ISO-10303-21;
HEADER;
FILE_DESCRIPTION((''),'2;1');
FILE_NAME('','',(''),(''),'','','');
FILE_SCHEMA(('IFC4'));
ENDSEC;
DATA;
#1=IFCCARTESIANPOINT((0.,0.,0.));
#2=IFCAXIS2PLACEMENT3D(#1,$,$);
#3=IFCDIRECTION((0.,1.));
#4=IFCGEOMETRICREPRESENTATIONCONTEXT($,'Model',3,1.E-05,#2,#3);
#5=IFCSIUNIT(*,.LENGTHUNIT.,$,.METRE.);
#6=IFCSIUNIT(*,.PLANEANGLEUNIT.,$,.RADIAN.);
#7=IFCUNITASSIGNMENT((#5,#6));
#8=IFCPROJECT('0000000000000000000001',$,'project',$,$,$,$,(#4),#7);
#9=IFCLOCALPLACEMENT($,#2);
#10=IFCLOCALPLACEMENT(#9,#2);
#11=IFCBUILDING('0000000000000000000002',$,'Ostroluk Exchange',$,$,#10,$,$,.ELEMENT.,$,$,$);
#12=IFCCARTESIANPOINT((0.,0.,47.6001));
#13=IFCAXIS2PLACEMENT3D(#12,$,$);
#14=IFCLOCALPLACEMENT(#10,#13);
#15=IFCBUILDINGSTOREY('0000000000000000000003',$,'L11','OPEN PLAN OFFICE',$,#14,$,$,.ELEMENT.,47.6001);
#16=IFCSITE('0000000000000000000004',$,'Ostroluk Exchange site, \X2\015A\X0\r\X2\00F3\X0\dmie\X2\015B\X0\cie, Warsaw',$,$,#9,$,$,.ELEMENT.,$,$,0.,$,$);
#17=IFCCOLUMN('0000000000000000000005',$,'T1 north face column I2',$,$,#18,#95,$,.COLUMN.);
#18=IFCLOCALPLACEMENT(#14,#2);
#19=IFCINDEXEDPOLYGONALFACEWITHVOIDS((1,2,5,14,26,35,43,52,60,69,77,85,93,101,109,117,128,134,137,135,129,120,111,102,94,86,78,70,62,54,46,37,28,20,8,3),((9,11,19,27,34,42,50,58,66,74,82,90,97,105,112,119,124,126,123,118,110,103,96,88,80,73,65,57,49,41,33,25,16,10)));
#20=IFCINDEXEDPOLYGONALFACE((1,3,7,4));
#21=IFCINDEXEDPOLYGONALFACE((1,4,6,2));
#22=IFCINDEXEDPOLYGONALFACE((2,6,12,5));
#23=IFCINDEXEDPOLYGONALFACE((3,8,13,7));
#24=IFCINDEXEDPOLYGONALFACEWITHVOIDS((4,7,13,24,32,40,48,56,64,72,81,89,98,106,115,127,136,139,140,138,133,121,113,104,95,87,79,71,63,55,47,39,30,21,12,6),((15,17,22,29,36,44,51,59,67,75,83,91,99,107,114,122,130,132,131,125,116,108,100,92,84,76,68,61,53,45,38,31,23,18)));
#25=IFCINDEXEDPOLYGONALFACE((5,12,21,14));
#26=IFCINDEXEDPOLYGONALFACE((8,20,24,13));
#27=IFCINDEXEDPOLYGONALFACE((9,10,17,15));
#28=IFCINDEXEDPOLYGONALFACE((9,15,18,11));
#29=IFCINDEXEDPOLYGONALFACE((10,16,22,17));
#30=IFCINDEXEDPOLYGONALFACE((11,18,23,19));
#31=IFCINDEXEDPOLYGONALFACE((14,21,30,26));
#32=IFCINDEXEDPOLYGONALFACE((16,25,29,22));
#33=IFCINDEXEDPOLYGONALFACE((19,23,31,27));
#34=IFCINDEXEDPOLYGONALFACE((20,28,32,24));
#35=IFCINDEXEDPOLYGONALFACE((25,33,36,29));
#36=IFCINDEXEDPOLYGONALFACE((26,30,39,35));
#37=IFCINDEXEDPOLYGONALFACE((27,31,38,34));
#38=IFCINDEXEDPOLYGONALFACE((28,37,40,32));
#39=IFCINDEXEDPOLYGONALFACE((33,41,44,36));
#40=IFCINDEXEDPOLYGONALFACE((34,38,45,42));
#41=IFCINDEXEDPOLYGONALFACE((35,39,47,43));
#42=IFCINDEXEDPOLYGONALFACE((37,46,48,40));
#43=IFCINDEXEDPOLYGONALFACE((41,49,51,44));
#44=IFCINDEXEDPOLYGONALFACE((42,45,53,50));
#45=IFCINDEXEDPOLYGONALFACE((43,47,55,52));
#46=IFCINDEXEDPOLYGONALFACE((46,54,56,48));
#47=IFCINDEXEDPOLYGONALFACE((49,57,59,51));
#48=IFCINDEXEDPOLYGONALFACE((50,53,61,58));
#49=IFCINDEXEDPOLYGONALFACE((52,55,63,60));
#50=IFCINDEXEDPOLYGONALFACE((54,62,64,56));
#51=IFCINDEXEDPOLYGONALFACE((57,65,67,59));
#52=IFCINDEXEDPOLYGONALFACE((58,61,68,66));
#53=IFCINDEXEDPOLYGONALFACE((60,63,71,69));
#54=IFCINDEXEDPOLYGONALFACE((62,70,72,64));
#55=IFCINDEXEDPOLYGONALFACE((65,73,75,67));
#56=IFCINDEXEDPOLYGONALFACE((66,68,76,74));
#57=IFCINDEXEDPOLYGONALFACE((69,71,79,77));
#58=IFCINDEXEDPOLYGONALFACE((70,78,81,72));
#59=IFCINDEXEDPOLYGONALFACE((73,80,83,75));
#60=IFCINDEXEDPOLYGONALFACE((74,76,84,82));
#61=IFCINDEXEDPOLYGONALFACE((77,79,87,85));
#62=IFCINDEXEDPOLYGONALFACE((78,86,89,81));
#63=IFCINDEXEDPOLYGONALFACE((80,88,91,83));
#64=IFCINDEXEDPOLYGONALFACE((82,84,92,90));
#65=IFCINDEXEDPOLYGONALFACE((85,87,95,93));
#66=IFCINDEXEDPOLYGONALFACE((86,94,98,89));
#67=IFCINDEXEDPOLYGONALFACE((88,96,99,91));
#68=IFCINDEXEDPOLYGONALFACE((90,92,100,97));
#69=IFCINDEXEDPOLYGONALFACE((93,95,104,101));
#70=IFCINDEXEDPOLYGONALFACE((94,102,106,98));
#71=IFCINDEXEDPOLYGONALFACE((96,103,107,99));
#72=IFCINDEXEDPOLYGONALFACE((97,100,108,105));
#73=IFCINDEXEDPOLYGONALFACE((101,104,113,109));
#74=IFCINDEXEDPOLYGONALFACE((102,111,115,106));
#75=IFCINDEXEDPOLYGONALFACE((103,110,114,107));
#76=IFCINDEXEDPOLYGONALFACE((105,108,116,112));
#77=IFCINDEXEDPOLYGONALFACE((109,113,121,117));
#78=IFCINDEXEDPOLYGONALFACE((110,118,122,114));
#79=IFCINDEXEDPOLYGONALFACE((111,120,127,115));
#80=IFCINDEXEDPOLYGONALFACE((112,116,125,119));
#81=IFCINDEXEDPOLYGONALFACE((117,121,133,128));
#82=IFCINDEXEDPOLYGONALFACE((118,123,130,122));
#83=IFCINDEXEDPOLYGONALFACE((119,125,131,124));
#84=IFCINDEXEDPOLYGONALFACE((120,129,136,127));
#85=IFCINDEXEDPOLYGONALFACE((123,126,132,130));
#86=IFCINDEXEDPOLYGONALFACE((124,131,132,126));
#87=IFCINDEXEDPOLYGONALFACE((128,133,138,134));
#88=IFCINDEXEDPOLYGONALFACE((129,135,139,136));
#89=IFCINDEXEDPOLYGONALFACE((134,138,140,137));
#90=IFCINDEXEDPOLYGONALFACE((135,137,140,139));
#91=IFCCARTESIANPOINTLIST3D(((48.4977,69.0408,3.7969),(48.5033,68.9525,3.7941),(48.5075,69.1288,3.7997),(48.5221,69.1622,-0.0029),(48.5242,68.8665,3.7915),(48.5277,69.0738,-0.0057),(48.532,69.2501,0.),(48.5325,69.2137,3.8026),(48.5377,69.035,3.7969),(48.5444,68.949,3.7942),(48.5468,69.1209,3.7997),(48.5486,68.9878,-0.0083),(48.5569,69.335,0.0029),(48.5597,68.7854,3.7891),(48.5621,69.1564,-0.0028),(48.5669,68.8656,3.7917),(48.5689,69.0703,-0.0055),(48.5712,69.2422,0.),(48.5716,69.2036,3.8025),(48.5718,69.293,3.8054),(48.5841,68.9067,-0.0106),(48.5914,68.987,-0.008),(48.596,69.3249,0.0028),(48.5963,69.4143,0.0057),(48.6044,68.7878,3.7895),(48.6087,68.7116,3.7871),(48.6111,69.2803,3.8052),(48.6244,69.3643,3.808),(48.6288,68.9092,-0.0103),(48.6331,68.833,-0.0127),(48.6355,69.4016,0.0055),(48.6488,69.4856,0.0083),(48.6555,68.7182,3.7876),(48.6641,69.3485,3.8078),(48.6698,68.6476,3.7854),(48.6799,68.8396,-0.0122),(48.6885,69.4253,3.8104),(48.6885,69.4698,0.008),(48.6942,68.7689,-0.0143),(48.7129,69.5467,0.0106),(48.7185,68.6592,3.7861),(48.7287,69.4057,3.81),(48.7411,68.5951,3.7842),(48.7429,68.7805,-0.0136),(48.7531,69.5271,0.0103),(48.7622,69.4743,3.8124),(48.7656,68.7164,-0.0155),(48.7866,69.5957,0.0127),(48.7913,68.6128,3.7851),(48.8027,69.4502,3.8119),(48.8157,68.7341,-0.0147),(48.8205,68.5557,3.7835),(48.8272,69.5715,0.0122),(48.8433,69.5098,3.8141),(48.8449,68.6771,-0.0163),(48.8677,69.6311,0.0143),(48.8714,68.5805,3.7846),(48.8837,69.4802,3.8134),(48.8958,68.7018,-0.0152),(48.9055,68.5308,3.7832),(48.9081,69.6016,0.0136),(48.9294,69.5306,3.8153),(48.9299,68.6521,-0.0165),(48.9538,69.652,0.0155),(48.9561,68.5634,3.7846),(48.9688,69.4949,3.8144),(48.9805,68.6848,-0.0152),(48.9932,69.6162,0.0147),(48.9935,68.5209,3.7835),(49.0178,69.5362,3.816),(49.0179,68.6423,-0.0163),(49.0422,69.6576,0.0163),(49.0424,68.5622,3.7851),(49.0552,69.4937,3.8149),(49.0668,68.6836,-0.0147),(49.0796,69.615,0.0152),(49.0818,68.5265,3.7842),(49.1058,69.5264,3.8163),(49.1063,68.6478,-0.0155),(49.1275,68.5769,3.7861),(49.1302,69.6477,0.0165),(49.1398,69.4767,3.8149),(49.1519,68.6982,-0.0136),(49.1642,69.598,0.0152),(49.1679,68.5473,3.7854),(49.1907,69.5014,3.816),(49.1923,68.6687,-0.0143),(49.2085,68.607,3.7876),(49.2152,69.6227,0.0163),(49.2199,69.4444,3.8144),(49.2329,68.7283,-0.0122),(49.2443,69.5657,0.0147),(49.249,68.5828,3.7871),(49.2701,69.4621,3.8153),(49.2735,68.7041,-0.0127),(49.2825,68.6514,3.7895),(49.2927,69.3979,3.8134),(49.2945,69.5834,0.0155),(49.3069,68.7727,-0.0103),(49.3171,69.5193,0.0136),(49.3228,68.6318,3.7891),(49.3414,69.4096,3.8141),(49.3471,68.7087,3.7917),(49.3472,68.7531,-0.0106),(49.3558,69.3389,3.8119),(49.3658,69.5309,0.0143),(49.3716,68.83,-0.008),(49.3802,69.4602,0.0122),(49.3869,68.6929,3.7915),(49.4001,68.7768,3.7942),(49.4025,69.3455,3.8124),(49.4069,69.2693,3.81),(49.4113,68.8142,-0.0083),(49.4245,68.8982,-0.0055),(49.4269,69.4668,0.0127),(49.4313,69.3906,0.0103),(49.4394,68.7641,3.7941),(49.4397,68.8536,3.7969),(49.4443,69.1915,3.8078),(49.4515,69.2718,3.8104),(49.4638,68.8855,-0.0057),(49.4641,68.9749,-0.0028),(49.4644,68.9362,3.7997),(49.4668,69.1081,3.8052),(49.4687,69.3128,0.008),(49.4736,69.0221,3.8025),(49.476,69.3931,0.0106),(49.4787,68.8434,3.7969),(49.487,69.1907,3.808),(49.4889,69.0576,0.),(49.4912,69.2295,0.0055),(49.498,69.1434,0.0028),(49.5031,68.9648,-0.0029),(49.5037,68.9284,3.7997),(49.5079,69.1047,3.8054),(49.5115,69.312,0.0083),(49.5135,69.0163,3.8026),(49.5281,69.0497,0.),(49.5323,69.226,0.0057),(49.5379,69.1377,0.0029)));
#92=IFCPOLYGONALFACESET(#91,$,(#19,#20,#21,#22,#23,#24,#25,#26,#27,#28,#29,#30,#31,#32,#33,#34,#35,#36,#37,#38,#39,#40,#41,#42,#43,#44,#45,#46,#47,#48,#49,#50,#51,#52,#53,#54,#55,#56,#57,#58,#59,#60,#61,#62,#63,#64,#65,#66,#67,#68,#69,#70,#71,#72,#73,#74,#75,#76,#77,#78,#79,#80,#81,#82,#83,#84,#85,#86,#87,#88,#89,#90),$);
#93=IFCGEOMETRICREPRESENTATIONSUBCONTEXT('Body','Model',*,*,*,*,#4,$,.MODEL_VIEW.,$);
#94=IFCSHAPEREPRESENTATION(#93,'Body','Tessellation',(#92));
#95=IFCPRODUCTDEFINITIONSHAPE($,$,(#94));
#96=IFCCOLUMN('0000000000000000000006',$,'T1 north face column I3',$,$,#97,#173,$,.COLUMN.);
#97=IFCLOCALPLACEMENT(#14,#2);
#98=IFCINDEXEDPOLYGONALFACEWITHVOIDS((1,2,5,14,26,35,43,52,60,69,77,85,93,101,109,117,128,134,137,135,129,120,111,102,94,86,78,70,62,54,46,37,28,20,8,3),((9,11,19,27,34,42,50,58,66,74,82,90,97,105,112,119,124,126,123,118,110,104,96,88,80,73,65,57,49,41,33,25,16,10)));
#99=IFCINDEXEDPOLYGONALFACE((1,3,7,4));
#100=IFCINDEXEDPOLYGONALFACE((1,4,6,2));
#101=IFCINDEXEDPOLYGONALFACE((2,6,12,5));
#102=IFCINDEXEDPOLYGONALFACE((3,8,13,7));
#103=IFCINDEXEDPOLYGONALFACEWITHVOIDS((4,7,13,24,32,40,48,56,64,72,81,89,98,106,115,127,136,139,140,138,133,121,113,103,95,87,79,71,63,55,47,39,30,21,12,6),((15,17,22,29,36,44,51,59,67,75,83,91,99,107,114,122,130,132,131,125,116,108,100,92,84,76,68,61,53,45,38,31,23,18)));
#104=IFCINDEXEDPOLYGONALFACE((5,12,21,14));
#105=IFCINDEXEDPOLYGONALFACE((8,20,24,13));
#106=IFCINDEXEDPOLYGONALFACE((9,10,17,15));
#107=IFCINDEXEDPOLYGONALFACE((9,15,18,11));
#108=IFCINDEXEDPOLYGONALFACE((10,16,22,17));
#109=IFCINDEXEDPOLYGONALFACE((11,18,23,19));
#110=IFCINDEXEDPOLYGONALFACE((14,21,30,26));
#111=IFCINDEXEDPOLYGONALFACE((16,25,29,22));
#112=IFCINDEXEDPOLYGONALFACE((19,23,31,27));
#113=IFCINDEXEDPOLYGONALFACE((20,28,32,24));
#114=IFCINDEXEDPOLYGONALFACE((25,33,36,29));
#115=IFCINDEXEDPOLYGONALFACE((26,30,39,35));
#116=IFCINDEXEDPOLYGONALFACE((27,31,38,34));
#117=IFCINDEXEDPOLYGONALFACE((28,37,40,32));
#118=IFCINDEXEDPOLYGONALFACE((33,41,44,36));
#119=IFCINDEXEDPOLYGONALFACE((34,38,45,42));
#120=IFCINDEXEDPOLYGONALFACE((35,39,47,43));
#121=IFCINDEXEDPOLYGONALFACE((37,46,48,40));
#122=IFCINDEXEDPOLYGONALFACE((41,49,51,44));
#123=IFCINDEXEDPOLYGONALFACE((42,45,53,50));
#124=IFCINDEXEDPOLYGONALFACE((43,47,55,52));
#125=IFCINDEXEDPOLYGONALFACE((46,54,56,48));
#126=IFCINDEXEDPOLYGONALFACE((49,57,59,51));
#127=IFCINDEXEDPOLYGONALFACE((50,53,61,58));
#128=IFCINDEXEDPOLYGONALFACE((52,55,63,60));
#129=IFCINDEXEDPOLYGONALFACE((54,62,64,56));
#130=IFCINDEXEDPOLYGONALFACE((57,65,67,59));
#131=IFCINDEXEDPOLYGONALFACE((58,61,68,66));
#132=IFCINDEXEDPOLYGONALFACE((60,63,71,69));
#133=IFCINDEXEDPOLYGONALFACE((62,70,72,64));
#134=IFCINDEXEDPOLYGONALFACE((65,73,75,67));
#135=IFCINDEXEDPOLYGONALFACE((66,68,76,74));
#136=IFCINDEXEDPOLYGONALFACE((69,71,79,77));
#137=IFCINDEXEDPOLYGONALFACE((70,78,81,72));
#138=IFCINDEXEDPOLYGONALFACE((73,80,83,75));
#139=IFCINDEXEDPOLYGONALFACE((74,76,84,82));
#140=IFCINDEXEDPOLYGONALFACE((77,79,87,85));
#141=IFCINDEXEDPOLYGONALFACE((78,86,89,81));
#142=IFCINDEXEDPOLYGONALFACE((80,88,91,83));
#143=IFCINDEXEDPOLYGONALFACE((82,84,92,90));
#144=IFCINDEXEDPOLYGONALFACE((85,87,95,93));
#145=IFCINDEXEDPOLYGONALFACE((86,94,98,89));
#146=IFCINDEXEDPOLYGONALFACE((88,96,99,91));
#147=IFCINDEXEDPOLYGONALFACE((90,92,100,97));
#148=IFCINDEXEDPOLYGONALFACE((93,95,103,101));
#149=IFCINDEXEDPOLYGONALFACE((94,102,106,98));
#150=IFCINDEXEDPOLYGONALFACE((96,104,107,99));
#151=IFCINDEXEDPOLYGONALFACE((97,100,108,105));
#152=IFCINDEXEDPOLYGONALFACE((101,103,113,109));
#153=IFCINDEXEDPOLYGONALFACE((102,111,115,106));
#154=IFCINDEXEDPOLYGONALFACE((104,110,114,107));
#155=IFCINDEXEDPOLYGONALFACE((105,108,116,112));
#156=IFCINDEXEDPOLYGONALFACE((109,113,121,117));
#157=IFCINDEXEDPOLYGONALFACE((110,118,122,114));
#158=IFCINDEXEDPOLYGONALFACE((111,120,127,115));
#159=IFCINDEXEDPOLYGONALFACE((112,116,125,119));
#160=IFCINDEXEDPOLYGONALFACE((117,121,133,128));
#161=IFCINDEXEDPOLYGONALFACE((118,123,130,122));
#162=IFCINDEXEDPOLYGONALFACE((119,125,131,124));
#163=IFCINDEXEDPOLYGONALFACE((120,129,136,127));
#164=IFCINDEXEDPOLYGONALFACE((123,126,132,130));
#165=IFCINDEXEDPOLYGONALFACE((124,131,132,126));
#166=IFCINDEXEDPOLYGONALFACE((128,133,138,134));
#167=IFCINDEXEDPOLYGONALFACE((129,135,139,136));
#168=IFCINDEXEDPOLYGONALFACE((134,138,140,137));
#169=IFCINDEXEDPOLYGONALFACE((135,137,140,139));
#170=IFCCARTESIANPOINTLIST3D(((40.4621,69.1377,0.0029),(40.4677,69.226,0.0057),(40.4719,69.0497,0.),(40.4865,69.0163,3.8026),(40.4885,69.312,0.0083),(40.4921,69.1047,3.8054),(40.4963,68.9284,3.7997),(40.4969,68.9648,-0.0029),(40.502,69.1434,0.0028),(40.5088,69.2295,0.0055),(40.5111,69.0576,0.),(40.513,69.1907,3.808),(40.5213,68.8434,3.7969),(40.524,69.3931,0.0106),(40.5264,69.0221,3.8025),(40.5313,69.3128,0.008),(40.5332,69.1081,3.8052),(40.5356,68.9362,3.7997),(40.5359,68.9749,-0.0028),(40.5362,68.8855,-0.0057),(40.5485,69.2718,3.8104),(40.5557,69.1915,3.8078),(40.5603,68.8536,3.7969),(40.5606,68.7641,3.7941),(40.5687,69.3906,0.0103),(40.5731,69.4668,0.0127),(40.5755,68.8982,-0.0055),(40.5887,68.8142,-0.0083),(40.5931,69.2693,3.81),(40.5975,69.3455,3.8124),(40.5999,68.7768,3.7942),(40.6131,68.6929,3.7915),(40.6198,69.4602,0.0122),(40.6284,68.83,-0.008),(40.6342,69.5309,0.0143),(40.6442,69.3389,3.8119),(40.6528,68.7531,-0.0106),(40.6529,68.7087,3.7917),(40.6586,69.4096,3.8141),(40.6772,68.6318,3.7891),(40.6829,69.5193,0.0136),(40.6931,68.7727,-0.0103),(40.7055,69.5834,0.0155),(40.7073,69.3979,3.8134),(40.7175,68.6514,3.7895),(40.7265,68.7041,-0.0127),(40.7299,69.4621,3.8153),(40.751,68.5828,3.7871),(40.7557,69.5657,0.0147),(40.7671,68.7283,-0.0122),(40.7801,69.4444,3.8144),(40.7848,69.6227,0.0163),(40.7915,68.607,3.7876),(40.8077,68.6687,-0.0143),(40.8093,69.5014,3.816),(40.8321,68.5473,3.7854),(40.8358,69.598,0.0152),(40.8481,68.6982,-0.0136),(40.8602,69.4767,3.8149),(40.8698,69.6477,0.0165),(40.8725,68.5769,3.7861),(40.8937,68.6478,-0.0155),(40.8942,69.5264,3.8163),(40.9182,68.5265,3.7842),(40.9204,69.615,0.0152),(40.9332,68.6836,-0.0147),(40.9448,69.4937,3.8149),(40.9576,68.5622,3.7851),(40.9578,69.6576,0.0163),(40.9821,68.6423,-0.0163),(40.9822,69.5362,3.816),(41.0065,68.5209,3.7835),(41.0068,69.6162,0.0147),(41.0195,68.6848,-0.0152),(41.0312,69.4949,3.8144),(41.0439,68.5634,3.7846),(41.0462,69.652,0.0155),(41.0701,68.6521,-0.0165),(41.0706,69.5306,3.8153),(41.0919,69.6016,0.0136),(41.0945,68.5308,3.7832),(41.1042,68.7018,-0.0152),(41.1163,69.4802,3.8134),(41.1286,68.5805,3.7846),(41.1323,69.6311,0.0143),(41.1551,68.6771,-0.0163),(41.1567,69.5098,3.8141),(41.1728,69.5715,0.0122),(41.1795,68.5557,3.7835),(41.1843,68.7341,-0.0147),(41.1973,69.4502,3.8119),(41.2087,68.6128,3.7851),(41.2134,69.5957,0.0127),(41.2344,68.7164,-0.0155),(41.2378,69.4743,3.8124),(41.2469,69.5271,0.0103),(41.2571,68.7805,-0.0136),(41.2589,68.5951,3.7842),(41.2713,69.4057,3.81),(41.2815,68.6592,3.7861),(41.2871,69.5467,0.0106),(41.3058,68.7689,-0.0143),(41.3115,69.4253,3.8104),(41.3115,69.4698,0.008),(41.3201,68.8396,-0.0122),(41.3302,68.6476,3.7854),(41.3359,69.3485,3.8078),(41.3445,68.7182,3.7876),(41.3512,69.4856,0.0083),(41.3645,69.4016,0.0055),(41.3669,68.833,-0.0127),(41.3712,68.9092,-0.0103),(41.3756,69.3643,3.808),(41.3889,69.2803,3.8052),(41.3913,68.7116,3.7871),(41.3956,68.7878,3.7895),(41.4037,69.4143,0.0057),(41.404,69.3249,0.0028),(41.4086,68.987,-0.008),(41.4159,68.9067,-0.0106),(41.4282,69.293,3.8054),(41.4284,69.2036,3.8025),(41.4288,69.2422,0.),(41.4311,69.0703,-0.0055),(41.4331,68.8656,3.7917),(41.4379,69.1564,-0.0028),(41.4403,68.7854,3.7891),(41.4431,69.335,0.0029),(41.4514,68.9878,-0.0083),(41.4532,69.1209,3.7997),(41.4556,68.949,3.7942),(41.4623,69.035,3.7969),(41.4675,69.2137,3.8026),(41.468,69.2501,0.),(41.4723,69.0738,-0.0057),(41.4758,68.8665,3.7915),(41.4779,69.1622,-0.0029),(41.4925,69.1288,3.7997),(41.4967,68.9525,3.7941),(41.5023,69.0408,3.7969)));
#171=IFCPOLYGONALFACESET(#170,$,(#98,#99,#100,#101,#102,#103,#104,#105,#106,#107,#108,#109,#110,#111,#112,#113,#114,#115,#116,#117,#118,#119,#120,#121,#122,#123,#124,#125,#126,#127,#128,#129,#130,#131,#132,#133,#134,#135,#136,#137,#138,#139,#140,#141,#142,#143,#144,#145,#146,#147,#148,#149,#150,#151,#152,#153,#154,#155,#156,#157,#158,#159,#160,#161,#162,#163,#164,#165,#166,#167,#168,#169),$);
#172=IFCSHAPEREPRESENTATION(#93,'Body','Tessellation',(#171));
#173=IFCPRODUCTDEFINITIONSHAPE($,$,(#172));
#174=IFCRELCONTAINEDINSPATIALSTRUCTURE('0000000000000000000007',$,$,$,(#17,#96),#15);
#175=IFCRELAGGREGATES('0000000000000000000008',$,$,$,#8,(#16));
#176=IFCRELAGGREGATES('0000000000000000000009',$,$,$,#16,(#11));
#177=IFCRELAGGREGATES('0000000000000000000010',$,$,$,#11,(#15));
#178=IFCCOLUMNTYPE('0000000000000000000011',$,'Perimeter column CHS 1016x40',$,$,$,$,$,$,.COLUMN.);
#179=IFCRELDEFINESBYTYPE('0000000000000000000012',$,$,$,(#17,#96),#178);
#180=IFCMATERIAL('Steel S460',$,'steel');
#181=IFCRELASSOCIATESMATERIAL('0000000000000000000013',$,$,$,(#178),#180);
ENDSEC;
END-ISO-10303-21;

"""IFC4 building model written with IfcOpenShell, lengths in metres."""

from ifc_helpers import new_model, si_unit, direction, frame, origin, origin_2d, place, context, subcontext, project, spatial, hollow_circle, extrude, material, material_profile, profile_set, type_object, element, save


model = new_model("IFC4")

# Units and contexts
model_context = context("Model", 3, precision=1e-05, world=origin(), true_north=direction((0.0, 1.0)))
body_context = subcontext(model_context, "Body", "Model", "MODEL_VIEW")
ifc_project = project(units=[si_unit("LENGTHUNIT", "METRE"), si_unit("PLANEANGLEUNIT", "RADIAN")], contexts=[model_context])

# Site, building, storey
site_placement = place(None, origin())
site = spatial("IfcSite", under=ifc_project, at=site_placement, Name="Ostroluk Exchange site, Śródmieście, Warsaw", CompositionType="ELEMENT", RefElevation=0.0)
building_placement = place(site_placement, origin())
building = spatial("IfcBuilding", under=site, at=building_placement, Name="Ostroluk Exchange", CompositionType="ELEMENT")
storey_placement = place(building_placement, frame((0.0, 0.0, 47.6001)))
storey = spatial("IfcBuildingStorey", under=building, at=storey_placement, Name="L11", Description="OPEN PLAN OFFICE", CompositionType="ELEMENT", Elevation=47.6001)

# Columns
ifc_material_1 = material(Name="Steel S460", Category="steel")
ifc_material_profile_1 = material_profile(ifc_material_1, hollow_circle(Radius=0.5081, WallThickness=0.04, at=origin_2d()), Name="CHS 1016x40")
ifc_profile_set_1 = profile_set([ifc_material_profile_1], Name="Steel S460")
column_type = type_object("IfcColumnType", Name="Perimeter column CHS 1016x40", PredefinedType="COLUMN", material=ifc_profile_set_1)
for number, where, z_axis, x_axis, name in (
    (1, (49.03, 69.1499, 0.0), (-0.006422, -0.031916, 0.99947), (0.980352, -0.197254, 0.0), "T1 north face column I2"),
    (2, (40.97, 69.1499, 0.0), (0.006422, -0.031916, 0.99947), (0.980352, 0.197254, 0.0), "T1 north face column I3"),
):
    element("IfcColumn", number, at=place(storey_placement, frame(where, z_axis=z_axis, x_axis=x_axis)), inside=storey, type_object=column_type, Name=name, PredefinedType="COLUMN", context=body_context, shape_type="SweptSolid", body=[
        extrude(hollow_circle(Radius=0.5081, WallThickness=0.04, at=origin_2d()), origin(), (0.0, 0.0, 1.0), 3.8018),
    ])

save(model, "model.ifc")
